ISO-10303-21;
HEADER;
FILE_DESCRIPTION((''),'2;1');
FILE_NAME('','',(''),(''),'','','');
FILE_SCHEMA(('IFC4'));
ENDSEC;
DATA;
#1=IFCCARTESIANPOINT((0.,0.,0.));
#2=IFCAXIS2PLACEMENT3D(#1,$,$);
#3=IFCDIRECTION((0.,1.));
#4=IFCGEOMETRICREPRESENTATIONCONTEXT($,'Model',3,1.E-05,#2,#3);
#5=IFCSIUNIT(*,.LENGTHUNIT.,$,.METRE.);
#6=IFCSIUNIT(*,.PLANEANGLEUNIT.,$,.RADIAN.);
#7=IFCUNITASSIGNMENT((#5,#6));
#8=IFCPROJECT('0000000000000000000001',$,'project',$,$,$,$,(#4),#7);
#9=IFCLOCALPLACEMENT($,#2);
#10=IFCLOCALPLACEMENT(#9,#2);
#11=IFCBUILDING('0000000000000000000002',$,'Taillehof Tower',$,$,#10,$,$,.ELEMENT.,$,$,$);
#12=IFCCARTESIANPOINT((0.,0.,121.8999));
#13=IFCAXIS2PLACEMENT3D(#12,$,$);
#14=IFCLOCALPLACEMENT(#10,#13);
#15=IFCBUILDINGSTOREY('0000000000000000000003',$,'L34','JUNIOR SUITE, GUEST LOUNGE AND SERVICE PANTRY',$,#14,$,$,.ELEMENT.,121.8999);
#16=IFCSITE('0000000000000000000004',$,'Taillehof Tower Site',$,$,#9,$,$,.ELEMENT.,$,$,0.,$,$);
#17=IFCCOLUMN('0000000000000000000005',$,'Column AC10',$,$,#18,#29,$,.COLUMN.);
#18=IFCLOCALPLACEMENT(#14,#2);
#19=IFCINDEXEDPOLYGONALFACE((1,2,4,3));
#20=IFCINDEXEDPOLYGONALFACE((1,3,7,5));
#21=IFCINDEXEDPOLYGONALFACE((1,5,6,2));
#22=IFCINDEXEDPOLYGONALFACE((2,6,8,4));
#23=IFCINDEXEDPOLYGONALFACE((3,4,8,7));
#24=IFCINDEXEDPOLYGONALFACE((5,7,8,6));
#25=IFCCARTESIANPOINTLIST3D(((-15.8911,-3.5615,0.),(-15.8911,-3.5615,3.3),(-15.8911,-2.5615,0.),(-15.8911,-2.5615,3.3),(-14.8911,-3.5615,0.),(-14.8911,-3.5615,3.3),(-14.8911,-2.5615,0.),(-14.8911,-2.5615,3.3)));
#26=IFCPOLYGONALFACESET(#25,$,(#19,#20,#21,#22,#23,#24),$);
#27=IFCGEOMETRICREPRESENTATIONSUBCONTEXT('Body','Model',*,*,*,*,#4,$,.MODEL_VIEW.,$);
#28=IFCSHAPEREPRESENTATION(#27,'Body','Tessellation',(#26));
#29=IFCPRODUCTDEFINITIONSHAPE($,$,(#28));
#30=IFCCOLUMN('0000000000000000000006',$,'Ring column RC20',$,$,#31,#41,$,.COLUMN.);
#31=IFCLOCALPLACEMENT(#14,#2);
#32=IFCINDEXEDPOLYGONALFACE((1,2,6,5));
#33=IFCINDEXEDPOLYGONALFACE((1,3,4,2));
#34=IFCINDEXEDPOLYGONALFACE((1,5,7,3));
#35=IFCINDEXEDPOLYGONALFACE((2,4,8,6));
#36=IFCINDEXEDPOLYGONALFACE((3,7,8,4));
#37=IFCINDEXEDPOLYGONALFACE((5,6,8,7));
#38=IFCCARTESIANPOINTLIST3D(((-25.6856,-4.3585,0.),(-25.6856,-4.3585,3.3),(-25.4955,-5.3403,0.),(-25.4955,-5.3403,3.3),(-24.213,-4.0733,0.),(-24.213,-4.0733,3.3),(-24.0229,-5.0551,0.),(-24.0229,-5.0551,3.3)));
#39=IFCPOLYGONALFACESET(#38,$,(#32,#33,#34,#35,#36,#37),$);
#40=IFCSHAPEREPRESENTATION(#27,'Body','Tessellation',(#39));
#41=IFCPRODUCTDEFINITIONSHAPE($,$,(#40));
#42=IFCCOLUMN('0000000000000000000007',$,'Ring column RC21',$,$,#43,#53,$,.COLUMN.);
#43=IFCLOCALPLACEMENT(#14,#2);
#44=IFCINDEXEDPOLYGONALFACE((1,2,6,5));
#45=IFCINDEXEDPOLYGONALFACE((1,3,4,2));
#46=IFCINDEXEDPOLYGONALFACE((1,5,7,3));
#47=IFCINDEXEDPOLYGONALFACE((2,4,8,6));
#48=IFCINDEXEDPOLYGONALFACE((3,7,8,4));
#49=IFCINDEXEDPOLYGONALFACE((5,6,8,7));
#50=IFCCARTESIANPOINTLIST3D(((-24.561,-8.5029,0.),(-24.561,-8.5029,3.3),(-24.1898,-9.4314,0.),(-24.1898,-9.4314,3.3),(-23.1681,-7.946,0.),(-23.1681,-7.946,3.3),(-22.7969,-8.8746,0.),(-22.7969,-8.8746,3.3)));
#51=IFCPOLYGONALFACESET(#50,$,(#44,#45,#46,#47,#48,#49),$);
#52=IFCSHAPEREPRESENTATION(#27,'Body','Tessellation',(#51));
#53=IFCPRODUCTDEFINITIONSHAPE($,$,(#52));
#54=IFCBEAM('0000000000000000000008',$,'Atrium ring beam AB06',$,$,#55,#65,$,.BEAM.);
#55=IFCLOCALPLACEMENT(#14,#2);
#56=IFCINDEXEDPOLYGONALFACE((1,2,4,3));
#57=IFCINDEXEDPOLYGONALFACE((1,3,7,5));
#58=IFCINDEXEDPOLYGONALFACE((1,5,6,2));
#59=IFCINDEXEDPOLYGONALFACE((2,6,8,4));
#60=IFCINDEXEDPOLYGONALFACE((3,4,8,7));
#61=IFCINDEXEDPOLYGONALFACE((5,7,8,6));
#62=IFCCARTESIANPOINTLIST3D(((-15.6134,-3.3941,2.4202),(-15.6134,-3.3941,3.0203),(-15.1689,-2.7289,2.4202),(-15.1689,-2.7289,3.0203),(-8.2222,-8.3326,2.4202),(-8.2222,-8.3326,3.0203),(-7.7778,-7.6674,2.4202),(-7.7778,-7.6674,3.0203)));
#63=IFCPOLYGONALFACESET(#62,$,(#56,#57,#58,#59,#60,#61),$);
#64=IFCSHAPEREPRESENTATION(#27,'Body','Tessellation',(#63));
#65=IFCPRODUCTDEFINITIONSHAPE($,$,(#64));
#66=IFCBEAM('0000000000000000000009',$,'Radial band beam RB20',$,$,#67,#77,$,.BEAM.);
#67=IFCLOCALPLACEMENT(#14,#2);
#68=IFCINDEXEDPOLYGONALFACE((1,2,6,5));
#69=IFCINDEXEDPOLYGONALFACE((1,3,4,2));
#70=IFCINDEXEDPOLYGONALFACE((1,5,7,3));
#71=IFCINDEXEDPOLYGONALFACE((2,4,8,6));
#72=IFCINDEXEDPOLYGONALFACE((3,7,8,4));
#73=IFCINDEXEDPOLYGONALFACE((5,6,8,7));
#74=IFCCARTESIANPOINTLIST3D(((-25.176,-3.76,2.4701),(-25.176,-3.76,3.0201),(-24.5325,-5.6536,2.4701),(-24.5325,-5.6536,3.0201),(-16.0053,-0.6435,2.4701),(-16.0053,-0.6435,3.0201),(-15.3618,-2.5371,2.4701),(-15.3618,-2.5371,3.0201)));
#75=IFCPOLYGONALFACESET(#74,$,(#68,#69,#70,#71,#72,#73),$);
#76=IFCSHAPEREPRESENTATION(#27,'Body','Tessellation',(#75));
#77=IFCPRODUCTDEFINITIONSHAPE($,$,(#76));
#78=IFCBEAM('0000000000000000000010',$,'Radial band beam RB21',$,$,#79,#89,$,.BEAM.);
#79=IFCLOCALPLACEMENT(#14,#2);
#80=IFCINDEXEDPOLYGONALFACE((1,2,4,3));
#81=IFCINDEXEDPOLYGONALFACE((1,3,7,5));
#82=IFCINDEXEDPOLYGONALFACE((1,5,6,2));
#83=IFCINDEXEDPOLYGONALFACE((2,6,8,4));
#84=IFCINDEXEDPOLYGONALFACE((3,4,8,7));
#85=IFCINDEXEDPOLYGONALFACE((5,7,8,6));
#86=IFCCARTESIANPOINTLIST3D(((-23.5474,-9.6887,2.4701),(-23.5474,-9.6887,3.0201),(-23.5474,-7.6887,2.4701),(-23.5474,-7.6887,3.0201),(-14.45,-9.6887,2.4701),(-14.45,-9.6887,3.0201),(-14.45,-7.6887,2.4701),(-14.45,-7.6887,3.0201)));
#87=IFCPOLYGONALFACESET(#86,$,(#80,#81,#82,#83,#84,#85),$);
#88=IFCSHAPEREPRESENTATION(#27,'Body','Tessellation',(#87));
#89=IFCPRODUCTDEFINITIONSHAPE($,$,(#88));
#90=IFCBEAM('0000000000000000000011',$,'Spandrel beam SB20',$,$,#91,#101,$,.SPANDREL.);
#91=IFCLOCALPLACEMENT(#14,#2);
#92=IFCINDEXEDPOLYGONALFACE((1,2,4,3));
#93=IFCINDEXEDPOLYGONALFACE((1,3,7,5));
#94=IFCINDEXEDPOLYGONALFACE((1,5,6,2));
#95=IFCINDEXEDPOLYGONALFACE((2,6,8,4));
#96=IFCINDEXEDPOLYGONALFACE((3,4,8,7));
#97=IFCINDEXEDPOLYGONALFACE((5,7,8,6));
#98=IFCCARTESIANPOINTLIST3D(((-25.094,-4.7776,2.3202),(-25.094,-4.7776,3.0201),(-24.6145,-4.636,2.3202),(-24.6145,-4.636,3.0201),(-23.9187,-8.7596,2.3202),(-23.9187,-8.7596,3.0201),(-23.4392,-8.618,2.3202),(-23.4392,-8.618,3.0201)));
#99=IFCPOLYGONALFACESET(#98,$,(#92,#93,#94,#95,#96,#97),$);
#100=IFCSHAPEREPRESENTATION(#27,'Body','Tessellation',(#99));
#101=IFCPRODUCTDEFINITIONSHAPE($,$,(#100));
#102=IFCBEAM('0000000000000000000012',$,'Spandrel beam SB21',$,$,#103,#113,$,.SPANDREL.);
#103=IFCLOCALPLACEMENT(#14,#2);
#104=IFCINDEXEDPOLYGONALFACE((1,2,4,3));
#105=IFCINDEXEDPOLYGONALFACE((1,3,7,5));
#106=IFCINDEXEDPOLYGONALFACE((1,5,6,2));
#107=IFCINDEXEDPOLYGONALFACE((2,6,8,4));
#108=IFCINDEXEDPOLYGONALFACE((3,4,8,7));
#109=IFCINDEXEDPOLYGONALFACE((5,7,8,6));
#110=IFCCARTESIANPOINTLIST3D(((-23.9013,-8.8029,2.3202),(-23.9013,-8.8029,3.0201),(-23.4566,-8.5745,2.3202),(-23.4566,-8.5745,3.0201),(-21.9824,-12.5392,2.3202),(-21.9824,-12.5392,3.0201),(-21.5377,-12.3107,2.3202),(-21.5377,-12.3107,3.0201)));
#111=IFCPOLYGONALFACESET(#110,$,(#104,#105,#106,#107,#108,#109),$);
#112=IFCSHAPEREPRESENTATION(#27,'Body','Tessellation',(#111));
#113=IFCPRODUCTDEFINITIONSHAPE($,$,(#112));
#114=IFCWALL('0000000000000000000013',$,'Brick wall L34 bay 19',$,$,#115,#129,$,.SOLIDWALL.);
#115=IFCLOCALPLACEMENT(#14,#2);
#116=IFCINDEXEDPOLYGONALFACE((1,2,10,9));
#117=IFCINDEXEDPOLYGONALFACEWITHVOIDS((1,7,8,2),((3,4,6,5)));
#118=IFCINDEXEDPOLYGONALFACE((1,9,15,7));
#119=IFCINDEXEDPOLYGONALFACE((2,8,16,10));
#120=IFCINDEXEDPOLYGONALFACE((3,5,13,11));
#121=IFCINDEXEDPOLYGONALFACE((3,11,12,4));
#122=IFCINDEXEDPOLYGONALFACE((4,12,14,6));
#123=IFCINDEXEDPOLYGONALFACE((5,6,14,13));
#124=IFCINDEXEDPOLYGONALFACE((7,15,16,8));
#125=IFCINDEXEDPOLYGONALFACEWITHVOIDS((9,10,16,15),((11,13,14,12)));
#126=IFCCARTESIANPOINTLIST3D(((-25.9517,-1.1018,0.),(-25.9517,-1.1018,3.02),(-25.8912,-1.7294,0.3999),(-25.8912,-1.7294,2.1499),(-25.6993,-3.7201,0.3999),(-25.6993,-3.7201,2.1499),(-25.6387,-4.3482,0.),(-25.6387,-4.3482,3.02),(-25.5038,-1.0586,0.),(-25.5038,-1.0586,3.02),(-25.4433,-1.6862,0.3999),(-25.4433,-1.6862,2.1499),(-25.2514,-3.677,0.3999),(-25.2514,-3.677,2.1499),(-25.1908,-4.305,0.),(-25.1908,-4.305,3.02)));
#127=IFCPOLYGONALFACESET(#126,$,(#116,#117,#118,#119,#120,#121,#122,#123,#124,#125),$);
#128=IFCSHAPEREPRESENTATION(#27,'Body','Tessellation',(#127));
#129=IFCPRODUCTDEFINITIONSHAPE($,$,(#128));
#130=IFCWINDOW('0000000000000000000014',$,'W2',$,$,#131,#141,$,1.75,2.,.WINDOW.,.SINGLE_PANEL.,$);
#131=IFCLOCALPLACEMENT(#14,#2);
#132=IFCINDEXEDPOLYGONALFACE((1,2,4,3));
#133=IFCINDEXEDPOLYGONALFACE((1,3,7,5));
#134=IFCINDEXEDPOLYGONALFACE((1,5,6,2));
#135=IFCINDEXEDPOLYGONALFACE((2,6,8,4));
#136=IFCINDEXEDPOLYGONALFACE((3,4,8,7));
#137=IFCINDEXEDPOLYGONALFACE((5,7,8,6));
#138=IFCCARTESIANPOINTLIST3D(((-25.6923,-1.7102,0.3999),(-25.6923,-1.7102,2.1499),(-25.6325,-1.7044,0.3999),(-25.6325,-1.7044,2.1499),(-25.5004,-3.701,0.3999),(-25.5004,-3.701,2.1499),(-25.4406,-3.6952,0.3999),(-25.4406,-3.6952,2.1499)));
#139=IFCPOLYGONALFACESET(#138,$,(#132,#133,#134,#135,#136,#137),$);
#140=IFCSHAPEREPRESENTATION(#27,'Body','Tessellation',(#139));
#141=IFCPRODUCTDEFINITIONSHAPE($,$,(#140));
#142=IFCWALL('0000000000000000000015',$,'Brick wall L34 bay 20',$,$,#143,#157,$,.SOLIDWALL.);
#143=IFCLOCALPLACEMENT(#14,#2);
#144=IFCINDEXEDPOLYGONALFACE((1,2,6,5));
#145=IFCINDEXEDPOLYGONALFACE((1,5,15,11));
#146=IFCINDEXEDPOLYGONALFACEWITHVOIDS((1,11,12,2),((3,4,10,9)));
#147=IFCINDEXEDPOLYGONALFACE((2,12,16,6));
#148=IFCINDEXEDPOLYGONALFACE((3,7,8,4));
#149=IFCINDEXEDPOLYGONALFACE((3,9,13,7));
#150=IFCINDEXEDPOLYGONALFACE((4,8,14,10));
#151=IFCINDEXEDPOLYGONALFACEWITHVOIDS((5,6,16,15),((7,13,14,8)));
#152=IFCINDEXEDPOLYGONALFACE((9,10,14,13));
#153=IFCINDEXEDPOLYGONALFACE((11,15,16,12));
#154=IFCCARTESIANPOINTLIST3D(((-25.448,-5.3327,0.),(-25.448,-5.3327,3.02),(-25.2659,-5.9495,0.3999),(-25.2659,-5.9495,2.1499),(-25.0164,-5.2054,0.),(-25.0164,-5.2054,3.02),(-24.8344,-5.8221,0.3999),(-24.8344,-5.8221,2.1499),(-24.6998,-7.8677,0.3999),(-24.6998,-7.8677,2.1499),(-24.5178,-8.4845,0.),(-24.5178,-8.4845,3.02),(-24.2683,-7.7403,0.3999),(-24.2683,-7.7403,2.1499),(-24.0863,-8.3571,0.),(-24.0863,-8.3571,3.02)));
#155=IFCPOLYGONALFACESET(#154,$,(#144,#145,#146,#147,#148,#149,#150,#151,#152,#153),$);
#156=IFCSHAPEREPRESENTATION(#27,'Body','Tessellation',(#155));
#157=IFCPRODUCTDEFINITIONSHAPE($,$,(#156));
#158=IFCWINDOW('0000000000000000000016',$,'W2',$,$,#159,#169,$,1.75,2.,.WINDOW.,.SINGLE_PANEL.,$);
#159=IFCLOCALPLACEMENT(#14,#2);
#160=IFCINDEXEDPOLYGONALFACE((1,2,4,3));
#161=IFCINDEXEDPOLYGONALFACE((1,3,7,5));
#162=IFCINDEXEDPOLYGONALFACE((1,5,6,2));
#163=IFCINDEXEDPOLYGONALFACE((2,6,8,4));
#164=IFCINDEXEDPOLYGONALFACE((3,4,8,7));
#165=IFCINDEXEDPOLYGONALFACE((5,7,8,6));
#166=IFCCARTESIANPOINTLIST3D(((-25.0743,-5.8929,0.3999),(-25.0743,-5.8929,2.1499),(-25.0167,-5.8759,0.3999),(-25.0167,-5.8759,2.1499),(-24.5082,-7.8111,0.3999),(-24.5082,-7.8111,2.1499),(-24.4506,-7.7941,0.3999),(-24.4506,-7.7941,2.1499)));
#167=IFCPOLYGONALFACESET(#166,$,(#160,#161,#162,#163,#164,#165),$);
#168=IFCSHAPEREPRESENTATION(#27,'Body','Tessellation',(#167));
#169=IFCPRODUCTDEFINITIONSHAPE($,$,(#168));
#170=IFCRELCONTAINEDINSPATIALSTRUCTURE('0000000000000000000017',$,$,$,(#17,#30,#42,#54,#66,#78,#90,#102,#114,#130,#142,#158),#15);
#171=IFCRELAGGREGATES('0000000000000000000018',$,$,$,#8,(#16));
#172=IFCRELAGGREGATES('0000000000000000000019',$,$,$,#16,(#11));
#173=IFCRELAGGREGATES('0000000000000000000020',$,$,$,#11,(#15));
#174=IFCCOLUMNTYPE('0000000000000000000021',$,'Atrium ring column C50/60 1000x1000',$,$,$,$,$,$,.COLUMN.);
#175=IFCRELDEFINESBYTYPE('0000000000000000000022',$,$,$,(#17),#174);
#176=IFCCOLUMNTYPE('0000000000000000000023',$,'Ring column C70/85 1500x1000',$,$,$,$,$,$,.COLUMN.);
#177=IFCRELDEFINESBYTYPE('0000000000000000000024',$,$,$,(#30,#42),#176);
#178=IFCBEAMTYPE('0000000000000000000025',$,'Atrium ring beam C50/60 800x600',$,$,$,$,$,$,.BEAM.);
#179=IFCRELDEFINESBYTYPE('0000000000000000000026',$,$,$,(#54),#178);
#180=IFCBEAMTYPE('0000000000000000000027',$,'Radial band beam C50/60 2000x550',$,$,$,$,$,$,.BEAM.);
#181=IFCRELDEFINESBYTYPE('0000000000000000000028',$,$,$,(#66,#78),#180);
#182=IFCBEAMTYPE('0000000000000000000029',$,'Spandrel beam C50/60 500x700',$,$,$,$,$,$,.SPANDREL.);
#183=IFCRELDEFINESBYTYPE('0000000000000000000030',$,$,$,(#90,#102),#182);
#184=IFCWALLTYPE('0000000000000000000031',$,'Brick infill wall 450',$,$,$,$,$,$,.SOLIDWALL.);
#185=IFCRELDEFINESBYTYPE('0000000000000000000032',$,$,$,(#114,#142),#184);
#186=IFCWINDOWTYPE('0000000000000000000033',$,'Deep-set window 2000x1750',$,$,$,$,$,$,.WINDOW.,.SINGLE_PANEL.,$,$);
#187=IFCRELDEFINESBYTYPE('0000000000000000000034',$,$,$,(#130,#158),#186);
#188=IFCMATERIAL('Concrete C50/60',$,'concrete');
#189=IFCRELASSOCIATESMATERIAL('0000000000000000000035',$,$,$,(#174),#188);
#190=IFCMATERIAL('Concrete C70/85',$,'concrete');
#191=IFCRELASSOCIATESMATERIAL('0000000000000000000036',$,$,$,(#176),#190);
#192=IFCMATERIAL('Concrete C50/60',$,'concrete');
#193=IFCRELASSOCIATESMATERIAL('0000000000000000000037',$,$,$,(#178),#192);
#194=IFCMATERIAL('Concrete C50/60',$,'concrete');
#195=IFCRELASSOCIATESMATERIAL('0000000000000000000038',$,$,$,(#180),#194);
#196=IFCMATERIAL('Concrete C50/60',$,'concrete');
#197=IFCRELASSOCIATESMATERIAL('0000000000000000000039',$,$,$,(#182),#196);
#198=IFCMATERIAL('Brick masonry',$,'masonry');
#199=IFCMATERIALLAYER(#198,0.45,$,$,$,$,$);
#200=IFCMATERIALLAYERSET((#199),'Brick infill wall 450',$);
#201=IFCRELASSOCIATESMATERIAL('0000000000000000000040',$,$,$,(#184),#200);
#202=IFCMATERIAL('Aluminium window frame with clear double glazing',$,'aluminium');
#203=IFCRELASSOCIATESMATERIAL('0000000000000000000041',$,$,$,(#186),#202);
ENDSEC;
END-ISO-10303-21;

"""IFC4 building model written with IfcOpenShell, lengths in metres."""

from ifc_helpers import new_model, si_unit, direction, frame, frame_2d, origin, origin_2d, place, context, subcontext, project, spatial, rectangle, extrude, material, layer, layer_set, material_profile, profile_set, type_object, element, fill, save


model = new_model("IFC4")

# Units and contexts
model_context = context("Model", 3, precision=1e-05, world=origin(), true_north=direction((0.0, 1.0)))
body_context = subcontext(model_context, "Body", "Model", "MODEL_VIEW")
ifc_project = project(units=[si_unit("LENGTHUNIT", "METRE"), si_unit("PLANEANGLEUNIT", "RADIAN")], contexts=[model_context])

# Site, building, storey
site_placement = place(None, origin())
site = spatial("IfcSite", under=ifc_project, at=site_placement, Name="Taillehof Tower Site", CompositionType="ELEMENT", RefElevation=0.0)
building_placement = place(site_placement, origin())
building = spatial("IfcBuilding", under=site, at=building_placement, Name="Taillehof Tower", CompositionType="ELEMENT")
storey_placement = place(building_placement, frame((0.0, 0.0, 121.8999)))
storey = spatial("IfcBuildingStorey", under=building, at=storey_placement, Name="L34", Description="JUNIOR SUITE, GUEST LOUNGE AND SERVICE PANTRY", CompositionType="ELEMENT", Elevation=121.8999)

# Columns
ifc_material_1 = material(Name="Concrete C50/60", Category="concrete")
ifc_material_profile_1 = material_profile(ifc_material_1, rectangle(XDim=1.0, YDim=1.0, at=origin_2d()), Name="RC 1000x1000")
ifc_profile_set_1 = profile_set([ifc_material_profile_1], Name="Concrete C50/60")
column_type_1 = type_object("IfcColumnType", Name="Atrium ring column C50/60 1000x1000", PredefinedType="COLUMN", material=ifc_profile_set_1)
column_placement = place(storey_placement, frame((-15.3911, -3.0615, 0.0), z_axis=(0.0, 0.0, 1.0), x_axis=(1.0, 0.0, 0.0)))
element("IfcColumn", 1, at=column_placement, inside=storey, type_object=column_type_1, Name="Column AC10", PredefinedType="COLUMN", context=body_context, shape_type="SweptSolid", body=[
    extrude(rectangle(XDim=1.0, YDim=1.0, at=origin_2d()), origin(), (0.0, 0.0, 1.0), 3.3),
])
ifc_material_2 = material(Name="Concrete C70/85", Category="concrete")
ifc_material_profile_2 = material_profile(ifc_material_2, rectangle(XDim=1.5, YDim=1.0, at=origin_2d()), Name="RC 1500x1000")
ifc_profile_set_2 = profile_set([ifc_material_profile_2], Name="Concrete C70/85")
column_type_2 = type_object("IfcColumnType", Name="Ring column C70/85 1500x1000", PredefinedType="COLUMN", material=ifc_profile_set_2)
for number, where, z_axis, x_axis, name in (
    (2, (-24.8542, -4.7068, 0.0), (0.0, 0.0, 1.0), (-0.981757, -0.190138, 0.0), "Ring column RC20"),
    (3, (-23.679, -8.6887, 0.0), (0.0, 0.0, 1.0), (-0.92855, -0.371207, 0.0), "Ring column RC21"),
):
    element("IfcColumn", number, at=place(storey_placement, frame(where, z_axis=z_axis, x_axis=x_axis)), inside=storey, type_object=column_type_2, Name=name, PredefinedType="COLUMN", context=body_context, shape_type="SweptSolid", body=[
        extrude(rectangle(XDim=1.5, YDim=1.0, at=origin_2d()), origin(), (0.0, 0.0, 1.0), 3.3),
    ])

# Beams
ifc_material_3 = material(Name="Concrete C50/60", Category="concrete")
ifc_material_profile_3 = material_profile(ifc_material_3, rectangle(XDim=0.8, YDim=0.6001, at=origin_2d()), Name="RC 800x600")
ifc_profile_set_3 = profile_set([ifc_material_profile_3], Name="Concrete C50/60")
beam_type_1 = type_object("IfcBeamType", Name="Atrium ring beam C50/60 800x600", PredefinedType="BEAM", material=ifc_profile_set_3)
beam_1_placement = place(storey_placement, frame((-15.3911, -3.0615, 2.7202), z_axis=(0.831475, -0.555562, 0.0), x_axis=(0.555562, 0.831475, 0.0)))
element("IfcBeam", 4, at=beam_1_placement, inside=storey, type_object=beam_type_1, Name="Atrium ring beam AB06", PredefinedType="BEAM", context=body_context, shape_type="SweptSolid", body=[
    extrude(rectangle(XDim=0.8, YDim=0.6001, at=origin_2d()), origin(), (0.0, 0.0, 1.0), 8.8892),
])
ifc_material_4 = material(Name="Concrete C50/60", Category="concrete")
ifc_material_profile_4 = material_profile(ifc_material_4, rectangle(XDim=2.0, YDim=0.55, at=origin_2d()), Name="RC 2000x550")
ifc_profile_set_4 = profile_set([ifc_material_profile_4], Name="Concrete C50/60")
beam_type_2 = type_object("IfcBeamType", Name="Radial band beam C50/60 2000x550", PredefinedType="BEAM", material=ifc_profile_set_4)
beam_2_placement = place(storey_placement, frame((-24.8542, -4.7068, 2.7451), z_axis=(0.946822, 0.321758, 0.0), x_axis=(-0.321758, 0.946822, 0.0)))
element("IfcBeam", 5, at=beam_2_placement, inside=storey, type_object=beam_type_2, Name="Radial band beam RB20", PredefinedType="BEAM", context=body_context, shape_type="SweptSolid", body=[
    extrude(rectangle(XDim=2.0, YDim=0.55, at=origin_2d()), origin(), (0.0, 0.0, 1.0), 9.6858),
])
beam_3_placement = place(storey_placement, frame((-23.5474, -8.6887, 2.7451), z_axis=(1.0, 0.0, 0.0), x_axis=(0.0, 1.0, 0.0)))
element("IfcBeam", 6, at=beam_3_placement, inside=storey, type_object=beam_type_2, Name="Radial band beam RB21", PredefinedType="BEAM", context=body_context, shape_type="SweptSolid", body=[
    extrude(rectangle(XDim=2.0, YDim=0.55, at=origin_2d()), origin(), (0.0, 0.0, 1.0), 9.0974),
])
ifc_material_5 = material(Name="Concrete C50/60", Category="concrete")
ifc_material_profile_5 = material_profile(ifc_material_5, rectangle(XDim=0.5, YDim=0.7, at=origin_2d()), Name="RC 500x700")
ifc_profile_set_5 = profile_set([ifc_material_profile_5], Name="Concrete C50/60")
beam_type_3 = type_object("IfcBeamType", Name="Spandrel beam C50/60 500x700", PredefinedType="SPANDREL", material=ifc_profile_set_5)
beam_4_placement = place(storey_placement, frame((-24.8542, -4.7068, 2.6702), z_axis=(0.283083, -0.959095, 0.0), x_axis=(0.959095, 0.283083, 0.0)))
element("IfcBeam", 7, at=beam_4_placement, inside=storey, type_object=beam_type_3, Name="Spandrel beam SB20", PredefinedType="SPANDREL", context=body_context, shape_type="SweptSolid", body=[
    extrude(rectangle(XDim=0.5, YDim=0.7, at=origin_2d()), origin(), (0.0, 0.0, 1.0), 4.1519),
])
beam_5_placement = place(storey_placement, frame((-23.679, -8.6887, 2.6702), z_axis=(0.456859, -0.889539, 0.0), x_axis=(0.889539, 0.456859, 0.0)))
element("IfcBeam", 8, at=beam_5_placement, inside=storey, type_object=beam_type_3, Name="Spandrel beam SB21", PredefinedType="SPANDREL", context=body_context, shape_type="SweptSolid", body=[
    extrude(rectangle(XDim=0.5, YDim=0.7, at=origin_2d()), origin(), (0.0, 0.0, 1.0), 4.2002),
])

# Walls, openings, windows
ifc_material_6 = material(Name="Brick masonry", Category="masonry")
ifc_layer_1 = layer(ifc_material_6, 0.45)
ifc_layer_set_1 = layer_set([ifc_layer_1], Name="Brick infill wall 450")
wall_type_1 = type_object("IfcWallType", Name="Brick infill wall 450", PredefinedType="SOLIDWALL", material=ifc_layer_set_1)
wall_1_placement = place(storey_placement, frame((-25.7278, -1.0801, 0.0), z_axis=(0.0, 0.0, 1.0), x_axis=(0.095968, -0.995384, 0.0)))
wall_1 = element("IfcWall", 9, at=wall_1_placement, inside=storey, type_object=wall_type_1, Name="Brick wall L34 bay 19", PredefinedType="SOLIDWALL", context=body_context, shape_type="SweptSolid", body=[
    extrude(rectangle(XDim=3.2615, YDim=0.45, at=frame_2d((1.6309, 0.0))), origin(), (0.0, 0.0, 1.0), 3.02),
])
opening_1_placement = place(wall_1_placement, frame((0.6306, 0.0, 0.3999)))
opening_1 = element("IfcOpeningElement", 10, at=opening_1_placement, cuts=wall_1, PredefinedType="OPENING", context=body_context, shape_type="SweptSolid", body=[
    extrude(rectangle(XDim=2.0, YDim=1.75, at=frame_2d((1.0, 0.875))), frame((0.0, 0.2349, 0.0), z_axis=(0.0, -1.0, 0.0), x_axis=(1.0, 0.0, 0.0)), (0.0, 0.0, 1.0), 0.47),
])
ifc_material_7 = material(Name="Aluminium window frame with clear double glazing", Category="aluminium")
window_type = type_object("IfcWindowType", Name="Deep-set window 2000x1750", PartitioningType="SINGLE_PANEL", PredefinedType="WINDOW", material=ifc_material_7)
window_1_placement = place(opening_1_placement, origin())
window_1 = element("IfcWindow", 11, at=window_1_placement, inside=storey, type_object=window_type, Name="W2", OverallHeight=1.75, OverallWidth=2.0, PartitioningType="SINGLE_PANEL", PredefinedType="WINDOW", context=body_context, shape_type="SweptSolid", body=[
    extrude(rectangle(XDim=2.0, YDim=1.75, at=frame_2d((1.0, 0.875))), frame((0.0, 0.0349, 0.0), z_axis=(0.0, -1.0, 0.0), x_axis=(1.0, 0.0, 0.0)), (0.0, 0.0, 1.0), 0.0601),
])
fill(opening_1, window_1)
wall_2_placement = place(storey_placement, frame((-25.2322, -5.269, 0.0), z_axis=(0.0, 0.0, 1.0), x_axis=(0.283051, -0.959105, 0.0)))
wall_2 = element("IfcWall", 12, at=wall_2_placement, inside=storey, type_object=wall_type_1, Name="Brick wall L34 bay 20", PredefinedType="SOLIDWALL", context=body_context, shape_type="SweptSolid", body=[
    extrude(rectangle(XDim=3.2861, YDim=0.45, at=frame_2d((1.6431, 0.0))), origin(), (0.0, 0.0, 1.0), 3.02),
])
opening_2_placement = place(wall_2_placement, frame((0.6431, 0.0, 0.3999)))
opening_2 = element("IfcOpeningElement", 13, at=opening_2_placement, cuts=wall_2, PredefinedType="OPENING", context=body_context, shape_type="SweptSolid", body=[
    extrude(rectangle(XDim=2.0, YDim=1.75, at=frame_2d((1.0, 0.875))), frame((0.0, 0.2349, 0.0), z_axis=(0.0, -1.0, 0.0), x_axis=(1.0, 0.0, 0.0)), (0.0, 0.0, 1.0), 0.47),
])
window_2_placement = place(opening_2_placement, origin())
window_2 = element("IfcWindow", 14, at=window_2_placement, inside=storey, type_object=window_type, Name="W2", OverallHeight=1.75, OverallWidth=2.0, PartitioningType="SINGLE_PANEL", PredefinedType="WINDOW", context=body_context, shape_type="SweptSolid", body=[
    extrude(rectangle(XDim=2.0, YDim=1.75, at=frame_2d((1.0, 0.875))), frame((0.0, 0.0349, 0.0), z_axis=(0.0, -1.0, 0.0), x_axis=(1.0, 0.0, 0.0)), (0.0, 0.0, 1.0), 0.0601),
])
fill(opening_2, window_2)

save(model, "model.ifc")
